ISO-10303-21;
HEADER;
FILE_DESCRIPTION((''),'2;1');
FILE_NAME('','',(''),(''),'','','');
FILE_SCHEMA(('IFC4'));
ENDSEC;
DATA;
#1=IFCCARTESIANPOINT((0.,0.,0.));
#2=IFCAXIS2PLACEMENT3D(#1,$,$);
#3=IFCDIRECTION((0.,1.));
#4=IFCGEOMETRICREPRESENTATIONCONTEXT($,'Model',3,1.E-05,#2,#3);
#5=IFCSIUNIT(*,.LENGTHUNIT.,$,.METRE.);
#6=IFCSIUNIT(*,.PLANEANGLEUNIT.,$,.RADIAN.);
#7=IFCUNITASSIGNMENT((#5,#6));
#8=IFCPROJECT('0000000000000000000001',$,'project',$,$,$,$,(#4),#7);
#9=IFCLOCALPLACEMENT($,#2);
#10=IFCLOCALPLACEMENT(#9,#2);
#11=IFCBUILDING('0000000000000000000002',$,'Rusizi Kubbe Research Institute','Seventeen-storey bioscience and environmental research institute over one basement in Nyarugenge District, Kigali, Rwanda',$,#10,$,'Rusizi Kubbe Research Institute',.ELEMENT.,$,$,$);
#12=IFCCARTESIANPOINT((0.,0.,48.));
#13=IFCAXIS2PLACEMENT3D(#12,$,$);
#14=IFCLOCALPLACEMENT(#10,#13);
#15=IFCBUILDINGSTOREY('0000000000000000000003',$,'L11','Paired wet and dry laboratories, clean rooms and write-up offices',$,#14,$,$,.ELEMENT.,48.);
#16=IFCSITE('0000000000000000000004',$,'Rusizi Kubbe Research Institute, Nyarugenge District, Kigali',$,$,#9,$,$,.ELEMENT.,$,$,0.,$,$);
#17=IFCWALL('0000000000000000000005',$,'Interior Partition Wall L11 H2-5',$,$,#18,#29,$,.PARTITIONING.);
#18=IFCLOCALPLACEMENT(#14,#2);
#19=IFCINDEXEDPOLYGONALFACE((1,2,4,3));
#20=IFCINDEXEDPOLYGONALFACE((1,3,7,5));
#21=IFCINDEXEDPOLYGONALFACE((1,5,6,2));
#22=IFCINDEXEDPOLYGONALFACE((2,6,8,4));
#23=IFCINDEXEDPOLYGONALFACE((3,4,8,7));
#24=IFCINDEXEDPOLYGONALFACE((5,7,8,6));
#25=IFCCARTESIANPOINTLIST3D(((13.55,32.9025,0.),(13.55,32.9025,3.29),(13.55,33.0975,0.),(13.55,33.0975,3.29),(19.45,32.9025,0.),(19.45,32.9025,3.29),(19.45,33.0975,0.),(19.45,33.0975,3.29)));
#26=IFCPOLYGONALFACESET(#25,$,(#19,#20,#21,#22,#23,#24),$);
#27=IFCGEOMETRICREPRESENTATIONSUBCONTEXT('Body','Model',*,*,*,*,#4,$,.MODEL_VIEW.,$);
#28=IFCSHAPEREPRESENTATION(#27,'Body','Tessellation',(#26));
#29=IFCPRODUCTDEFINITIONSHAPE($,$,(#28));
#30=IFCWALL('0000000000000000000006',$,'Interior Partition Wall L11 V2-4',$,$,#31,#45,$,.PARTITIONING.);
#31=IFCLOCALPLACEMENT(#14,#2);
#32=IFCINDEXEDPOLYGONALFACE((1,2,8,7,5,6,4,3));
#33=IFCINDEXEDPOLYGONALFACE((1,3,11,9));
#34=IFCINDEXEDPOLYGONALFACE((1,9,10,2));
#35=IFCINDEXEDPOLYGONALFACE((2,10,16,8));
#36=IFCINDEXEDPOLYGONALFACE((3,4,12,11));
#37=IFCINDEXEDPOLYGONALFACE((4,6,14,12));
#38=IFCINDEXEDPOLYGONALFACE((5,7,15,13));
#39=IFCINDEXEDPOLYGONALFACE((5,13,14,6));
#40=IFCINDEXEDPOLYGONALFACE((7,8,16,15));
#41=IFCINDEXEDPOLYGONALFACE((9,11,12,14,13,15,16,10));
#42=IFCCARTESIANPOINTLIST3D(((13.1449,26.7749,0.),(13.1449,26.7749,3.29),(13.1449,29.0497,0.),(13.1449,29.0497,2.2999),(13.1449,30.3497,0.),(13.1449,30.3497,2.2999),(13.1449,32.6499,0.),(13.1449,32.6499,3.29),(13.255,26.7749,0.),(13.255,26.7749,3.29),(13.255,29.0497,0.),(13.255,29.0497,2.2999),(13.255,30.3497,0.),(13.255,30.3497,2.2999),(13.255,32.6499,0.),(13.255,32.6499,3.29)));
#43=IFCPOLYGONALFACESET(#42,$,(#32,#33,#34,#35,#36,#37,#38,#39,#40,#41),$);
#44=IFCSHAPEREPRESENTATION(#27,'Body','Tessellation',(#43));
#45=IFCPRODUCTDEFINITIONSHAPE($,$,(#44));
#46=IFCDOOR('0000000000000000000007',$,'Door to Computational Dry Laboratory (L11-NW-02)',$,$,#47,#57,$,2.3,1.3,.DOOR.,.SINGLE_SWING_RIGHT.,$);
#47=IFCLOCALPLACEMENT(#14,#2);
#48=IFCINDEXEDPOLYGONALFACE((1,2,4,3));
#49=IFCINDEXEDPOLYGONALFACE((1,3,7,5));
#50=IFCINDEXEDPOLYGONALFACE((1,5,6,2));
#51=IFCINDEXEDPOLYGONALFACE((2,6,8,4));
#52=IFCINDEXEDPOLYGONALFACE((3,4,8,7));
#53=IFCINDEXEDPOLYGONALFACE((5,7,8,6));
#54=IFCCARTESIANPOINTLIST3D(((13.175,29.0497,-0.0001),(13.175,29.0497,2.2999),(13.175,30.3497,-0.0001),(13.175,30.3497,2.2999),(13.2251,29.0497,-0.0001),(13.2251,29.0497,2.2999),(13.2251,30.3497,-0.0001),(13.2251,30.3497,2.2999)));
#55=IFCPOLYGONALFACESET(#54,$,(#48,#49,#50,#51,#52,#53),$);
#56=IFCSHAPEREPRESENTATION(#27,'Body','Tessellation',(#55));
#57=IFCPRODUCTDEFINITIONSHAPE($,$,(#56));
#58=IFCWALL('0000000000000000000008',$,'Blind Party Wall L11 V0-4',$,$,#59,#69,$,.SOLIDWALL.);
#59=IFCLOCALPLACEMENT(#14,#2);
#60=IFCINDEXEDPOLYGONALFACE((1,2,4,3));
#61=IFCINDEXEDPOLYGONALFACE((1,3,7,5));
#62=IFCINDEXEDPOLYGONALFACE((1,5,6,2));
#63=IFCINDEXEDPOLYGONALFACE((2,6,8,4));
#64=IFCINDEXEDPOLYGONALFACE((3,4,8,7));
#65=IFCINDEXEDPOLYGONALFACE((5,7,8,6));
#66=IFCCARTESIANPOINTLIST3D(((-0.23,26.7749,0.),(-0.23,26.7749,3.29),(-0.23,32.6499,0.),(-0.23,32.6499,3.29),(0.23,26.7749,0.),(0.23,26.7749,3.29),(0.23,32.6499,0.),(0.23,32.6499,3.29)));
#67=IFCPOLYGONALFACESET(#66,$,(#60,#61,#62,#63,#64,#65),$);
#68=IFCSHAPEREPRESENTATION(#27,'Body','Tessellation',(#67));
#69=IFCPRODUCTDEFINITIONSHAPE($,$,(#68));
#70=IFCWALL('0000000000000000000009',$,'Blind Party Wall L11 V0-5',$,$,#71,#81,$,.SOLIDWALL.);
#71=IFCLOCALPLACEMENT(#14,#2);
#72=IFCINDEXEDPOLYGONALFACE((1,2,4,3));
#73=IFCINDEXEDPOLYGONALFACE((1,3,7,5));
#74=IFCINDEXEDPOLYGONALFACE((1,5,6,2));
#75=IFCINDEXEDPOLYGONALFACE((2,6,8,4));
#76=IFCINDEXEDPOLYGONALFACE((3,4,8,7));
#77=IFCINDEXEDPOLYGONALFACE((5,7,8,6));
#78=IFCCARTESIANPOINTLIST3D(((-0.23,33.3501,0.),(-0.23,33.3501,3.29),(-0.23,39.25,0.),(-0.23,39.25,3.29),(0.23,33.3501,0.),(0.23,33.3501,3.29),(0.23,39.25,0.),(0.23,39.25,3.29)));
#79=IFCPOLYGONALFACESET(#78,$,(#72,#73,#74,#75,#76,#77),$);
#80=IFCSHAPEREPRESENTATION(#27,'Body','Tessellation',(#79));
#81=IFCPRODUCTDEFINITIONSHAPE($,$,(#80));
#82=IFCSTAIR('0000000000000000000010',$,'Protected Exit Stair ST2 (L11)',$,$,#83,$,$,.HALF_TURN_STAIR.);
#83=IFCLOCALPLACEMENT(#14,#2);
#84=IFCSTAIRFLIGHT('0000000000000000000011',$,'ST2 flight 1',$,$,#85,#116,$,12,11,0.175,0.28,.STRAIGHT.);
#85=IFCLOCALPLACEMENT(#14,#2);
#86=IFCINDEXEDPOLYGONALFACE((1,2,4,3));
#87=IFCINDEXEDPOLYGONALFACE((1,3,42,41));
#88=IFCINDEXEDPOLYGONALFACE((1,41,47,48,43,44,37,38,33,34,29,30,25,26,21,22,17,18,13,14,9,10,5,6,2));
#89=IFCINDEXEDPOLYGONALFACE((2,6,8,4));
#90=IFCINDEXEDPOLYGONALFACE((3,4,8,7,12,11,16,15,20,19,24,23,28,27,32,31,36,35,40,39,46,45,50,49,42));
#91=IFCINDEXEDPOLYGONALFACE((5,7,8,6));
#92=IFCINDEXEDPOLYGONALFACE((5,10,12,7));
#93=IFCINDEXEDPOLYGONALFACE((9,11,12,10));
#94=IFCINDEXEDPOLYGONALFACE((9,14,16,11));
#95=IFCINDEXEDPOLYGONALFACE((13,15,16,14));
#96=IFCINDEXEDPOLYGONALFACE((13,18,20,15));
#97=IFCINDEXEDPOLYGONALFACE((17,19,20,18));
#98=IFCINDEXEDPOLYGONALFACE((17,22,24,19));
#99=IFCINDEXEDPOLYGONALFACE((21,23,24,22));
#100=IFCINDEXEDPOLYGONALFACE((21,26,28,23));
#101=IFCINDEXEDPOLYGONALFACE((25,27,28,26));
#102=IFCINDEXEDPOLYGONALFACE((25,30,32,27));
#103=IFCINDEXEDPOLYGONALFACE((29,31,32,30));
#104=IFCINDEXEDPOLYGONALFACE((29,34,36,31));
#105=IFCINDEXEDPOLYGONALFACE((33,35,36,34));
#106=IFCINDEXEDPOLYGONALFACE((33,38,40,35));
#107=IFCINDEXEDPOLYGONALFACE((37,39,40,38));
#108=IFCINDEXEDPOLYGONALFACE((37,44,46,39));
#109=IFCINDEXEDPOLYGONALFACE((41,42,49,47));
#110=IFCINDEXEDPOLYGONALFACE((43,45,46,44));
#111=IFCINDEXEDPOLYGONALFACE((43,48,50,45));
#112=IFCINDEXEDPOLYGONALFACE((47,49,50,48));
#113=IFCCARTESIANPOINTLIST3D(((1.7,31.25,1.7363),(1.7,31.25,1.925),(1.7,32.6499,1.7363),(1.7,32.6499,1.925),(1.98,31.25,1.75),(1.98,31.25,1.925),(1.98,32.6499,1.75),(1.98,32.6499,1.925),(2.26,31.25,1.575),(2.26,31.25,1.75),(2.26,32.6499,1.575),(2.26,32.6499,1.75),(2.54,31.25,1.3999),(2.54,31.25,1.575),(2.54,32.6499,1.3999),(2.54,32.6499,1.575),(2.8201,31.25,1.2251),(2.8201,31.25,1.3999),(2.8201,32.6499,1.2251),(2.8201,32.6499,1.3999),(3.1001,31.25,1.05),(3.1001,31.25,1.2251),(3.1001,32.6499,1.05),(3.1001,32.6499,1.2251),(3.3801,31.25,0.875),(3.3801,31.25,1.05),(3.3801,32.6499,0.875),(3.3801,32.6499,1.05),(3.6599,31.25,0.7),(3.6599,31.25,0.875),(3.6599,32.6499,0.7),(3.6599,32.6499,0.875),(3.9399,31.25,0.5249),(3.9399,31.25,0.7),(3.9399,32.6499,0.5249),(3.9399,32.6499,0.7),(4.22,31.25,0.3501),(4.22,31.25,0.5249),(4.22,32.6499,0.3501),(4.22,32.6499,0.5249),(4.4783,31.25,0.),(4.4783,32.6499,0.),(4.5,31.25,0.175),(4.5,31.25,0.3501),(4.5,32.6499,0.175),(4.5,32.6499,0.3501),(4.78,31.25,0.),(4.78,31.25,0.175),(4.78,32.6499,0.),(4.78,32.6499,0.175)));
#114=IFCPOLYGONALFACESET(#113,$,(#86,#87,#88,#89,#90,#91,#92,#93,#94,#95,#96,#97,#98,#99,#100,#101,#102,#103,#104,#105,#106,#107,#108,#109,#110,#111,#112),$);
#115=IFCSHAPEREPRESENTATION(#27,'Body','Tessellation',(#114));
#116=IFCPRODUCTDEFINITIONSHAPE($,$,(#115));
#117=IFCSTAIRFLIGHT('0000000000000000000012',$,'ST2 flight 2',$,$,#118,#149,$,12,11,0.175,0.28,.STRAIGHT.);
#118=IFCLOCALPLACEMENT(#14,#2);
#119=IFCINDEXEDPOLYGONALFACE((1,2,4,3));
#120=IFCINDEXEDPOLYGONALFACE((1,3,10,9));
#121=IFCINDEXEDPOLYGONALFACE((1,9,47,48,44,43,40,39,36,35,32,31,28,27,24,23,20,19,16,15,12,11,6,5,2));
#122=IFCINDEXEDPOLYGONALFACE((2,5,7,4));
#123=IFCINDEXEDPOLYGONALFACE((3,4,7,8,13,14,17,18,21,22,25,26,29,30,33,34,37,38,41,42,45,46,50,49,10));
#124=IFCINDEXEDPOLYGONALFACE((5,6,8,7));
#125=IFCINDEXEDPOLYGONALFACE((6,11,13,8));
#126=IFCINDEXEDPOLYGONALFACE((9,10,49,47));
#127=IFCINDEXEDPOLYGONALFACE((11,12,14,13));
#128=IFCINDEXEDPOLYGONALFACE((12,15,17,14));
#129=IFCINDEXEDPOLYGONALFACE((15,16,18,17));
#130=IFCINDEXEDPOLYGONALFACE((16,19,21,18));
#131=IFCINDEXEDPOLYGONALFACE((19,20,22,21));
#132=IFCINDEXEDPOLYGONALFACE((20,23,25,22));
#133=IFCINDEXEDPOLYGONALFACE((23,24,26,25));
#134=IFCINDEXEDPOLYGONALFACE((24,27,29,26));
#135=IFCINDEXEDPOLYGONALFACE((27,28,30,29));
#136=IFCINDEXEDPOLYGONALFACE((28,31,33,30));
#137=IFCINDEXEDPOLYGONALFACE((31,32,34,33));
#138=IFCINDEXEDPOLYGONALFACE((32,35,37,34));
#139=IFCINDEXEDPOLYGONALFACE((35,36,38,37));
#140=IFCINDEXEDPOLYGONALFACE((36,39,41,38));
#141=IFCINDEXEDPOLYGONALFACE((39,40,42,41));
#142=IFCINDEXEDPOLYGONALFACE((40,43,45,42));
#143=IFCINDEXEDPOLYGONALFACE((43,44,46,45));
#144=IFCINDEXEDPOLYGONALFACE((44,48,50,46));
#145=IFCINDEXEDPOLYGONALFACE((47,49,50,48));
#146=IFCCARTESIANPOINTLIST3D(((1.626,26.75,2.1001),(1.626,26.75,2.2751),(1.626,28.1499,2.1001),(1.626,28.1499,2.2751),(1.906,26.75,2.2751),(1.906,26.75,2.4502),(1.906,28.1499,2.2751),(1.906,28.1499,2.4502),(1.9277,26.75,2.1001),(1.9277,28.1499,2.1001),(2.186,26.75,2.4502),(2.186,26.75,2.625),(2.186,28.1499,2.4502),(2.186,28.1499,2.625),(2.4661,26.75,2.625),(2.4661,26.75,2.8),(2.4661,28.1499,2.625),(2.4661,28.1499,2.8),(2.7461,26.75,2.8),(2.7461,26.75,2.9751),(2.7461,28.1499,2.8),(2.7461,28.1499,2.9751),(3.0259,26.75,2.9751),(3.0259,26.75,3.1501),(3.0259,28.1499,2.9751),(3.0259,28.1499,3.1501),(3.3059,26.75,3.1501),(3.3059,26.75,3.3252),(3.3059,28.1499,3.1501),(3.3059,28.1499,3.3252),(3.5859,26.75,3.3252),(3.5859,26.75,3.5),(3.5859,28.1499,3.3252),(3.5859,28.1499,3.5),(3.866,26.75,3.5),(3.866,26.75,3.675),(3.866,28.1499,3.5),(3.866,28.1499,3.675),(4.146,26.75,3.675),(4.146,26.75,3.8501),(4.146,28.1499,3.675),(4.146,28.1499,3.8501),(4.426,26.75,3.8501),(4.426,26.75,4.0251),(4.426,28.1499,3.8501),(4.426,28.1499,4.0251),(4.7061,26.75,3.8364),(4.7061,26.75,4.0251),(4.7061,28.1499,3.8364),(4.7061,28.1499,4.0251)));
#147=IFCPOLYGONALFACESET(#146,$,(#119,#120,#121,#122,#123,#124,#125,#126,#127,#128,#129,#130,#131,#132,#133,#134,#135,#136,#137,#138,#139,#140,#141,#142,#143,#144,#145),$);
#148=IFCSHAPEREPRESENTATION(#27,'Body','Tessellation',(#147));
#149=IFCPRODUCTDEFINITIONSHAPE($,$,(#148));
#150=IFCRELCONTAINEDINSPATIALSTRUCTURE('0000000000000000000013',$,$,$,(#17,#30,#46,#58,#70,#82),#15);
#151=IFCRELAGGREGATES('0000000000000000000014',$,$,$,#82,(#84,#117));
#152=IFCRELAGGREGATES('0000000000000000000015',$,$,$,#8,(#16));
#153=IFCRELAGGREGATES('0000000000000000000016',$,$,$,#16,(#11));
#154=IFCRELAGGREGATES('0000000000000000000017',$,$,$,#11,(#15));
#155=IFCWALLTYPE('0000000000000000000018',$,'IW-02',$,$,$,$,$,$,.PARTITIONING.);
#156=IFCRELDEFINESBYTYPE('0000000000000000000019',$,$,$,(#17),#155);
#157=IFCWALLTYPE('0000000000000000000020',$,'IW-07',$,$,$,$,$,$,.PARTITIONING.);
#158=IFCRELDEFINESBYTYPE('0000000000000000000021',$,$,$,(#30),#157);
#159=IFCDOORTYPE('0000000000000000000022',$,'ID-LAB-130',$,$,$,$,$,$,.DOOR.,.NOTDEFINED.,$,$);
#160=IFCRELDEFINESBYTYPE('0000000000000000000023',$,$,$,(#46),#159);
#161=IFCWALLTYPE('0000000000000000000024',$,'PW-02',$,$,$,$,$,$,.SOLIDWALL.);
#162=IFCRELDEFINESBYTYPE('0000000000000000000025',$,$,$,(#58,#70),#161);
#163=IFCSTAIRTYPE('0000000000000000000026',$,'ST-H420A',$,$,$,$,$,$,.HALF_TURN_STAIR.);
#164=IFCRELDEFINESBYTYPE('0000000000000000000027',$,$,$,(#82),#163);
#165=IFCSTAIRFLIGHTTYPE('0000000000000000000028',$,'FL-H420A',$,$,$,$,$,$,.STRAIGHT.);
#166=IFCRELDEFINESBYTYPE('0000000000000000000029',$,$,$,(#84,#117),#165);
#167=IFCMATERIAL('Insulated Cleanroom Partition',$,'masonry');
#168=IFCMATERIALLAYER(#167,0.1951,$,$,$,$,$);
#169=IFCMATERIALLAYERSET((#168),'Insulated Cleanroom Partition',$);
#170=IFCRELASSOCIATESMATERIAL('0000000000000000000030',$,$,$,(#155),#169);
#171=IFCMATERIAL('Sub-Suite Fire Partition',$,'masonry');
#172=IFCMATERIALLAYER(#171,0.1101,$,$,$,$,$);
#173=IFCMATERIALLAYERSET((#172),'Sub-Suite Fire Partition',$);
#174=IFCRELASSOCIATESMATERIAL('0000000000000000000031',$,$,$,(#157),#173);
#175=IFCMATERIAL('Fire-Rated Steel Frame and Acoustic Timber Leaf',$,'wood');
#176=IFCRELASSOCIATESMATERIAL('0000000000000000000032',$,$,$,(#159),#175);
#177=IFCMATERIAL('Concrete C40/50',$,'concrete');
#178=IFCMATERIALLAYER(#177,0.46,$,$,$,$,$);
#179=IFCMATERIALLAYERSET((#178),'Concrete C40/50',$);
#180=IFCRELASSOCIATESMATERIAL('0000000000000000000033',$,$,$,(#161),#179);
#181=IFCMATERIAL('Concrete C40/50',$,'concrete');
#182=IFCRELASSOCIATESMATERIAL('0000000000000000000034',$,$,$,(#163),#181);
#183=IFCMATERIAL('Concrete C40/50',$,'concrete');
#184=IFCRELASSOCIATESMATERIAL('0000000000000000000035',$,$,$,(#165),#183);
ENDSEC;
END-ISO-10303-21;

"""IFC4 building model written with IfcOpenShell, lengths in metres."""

from ifc_helpers import new_model, si_unit, direction, frame, frame_2d, origin, place, context, subcontext, project, spatial, polyline, rectangle, outline, extrude, material, layer, layer_set, type_object, element, fill, aggregate, save


model = new_model("IFC4")

# Units and contexts
model_context = context("Model", 3, precision=1e-05, world=origin(), true_north=direction((0.0, 1.0)))
body_context = subcontext(model_context, "Body", "Model", "MODEL_VIEW")
ifc_project = project(units=[si_unit("LENGTHUNIT", "METRE"), si_unit("PLANEANGLEUNIT", "RADIAN")], contexts=[model_context])

# Site, building, storey
site_placement = place(None, origin())
site = spatial("IfcSite", under=ifc_project, at=site_placement, Name="Rusizi Kubbe Research Institute, Nyarugenge District, Kigali", CompositionType="ELEMENT", RefElevation=0.0)
building_placement = place(site_placement, origin())
building = spatial("IfcBuilding", under=site, at=building_placement, Name="Rusizi Kubbe Research Institute", Description="Seventeen-storey bioscience and environmental research institute over one basement in Nyarugenge District, Kigali, Rwanda", LongName="Rusizi Kubbe Research Institute", CompositionType="ELEMENT")
storey_placement = place(building_placement, frame((0.0, 0.0, 48.0)))
storey = spatial("IfcBuildingStorey", under=building, at=storey_placement, Name="L11", Description="Paired wet and dry laboratories, clean rooms and write-up offices", CompositionType="ELEMENT", Elevation=48.0)

# Wall
ifc_material_1 = material(Name="Insulated Cleanroom Partition", Category="masonry")
ifc_layer_1 = layer(ifc_material_1, 0.1951)
ifc_layer_set_1 = layer_set([ifc_layer_1], Name="Insulated Cleanroom Partition")
wall_type_1 = type_object("IfcWallType", Name="IW-02", PredefinedType="PARTITIONING", material=ifc_layer_set_1)
wall_1_placement = place(storey_placement, frame((13.55, 33.0, 0.0), z_axis=(0.0, 0.0, 1.0), x_axis=(1.0, 0.0, 0.0)))
element("IfcWall", 1, at=wall_1_placement, inside=storey, type_object=wall_type_1, Name="Interior Partition Wall L11 H2-5", PredefinedType="PARTITIONING", context=body_context, shape_type="SweptSolid", body=[
    extrude(rectangle(XDim=5.8999, YDim=0.1951, at=frame_2d((2.95, 0.0))), origin(), (0.0, 0.0, 1.0), 3.29),
])

# Wall, opening, door
ifc_material_2 = material(Name="Sub-Suite Fire Partition", Category="masonry")
ifc_layer_2 = layer(ifc_material_2, 0.1101)
ifc_layer_set_2 = layer_set([ifc_layer_2], Name="Sub-Suite Fire Partition")
wall_type_2 = type_object("IfcWallType", Name="IW-07", PredefinedType="PARTITIONING", material=ifc_layer_set_2)
wall_2_placement = place(storey_placement, frame((13.2, 26.7749, 0.0), z_axis=(0.0, 0.0, 1.0), x_axis=(0.0, 1.0, 0.0)))
wall_2 = element("IfcWall", 2, at=wall_2_placement, inside=storey, type_object=wall_type_2, Name="Interior Partition Wall L11 V2-4", PredefinedType="PARTITIONING", context=body_context, shape_type="SweptSolid", body=[
    extrude(rectangle(XDim=5.875, YDim=0.1101, at=frame_2d((2.9375, 0.0))), origin(), (0.0, 0.0, 1.0), 3.29),
])
opening_1_placement = place(wall_2_placement, frame((2.2749, 0.0, 0.0)))
opening_1 = element("IfcOpeningElement", 3, at=opening_1_placement, cuts=wall_2, PredefinedType="OPENING", context=body_context, shape_type="SweptSolid", body=[
    extrude(rectangle(XDim=1.3, YDim=2.3, at=frame_2d((0.6499, 1.1499))), frame((0.0, 0.0649, 0.0), z_axis=(0.0, -1.0, 0.0), x_axis=(1.0, 0.0, 0.0)), (0.0, 0.0, 1.0), 0.1301),
])
ifc_material_3 = material(Name="Fire-Rated Steel Frame and Acoustic Timber Leaf", Category="wood")
door_type_1 = type_object("IfcDoorType", Name="ID-LAB-130", OperationType="NOTDEFINED", PredefinedType="DOOR", material=ifc_material_3)
door_1_placement = place(opening_1_placement, origin())
door_1 = element("IfcDoor", 4, at=door_1_placement, inside=storey, type_object=door_type_1, Name="Door to Computational Dry Laboratory (L11-NW-02)", OperationType="SINGLE_SWING_RIGHT", OverallHeight=2.3, OverallWidth=1.3, PredefinedType="DOOR", context=body_context, shape_type="SweptSolid", body=[
    extrude(rectangle(XDim=1.3, YDim=2.3, at=frame_2d((0.6499, 1.1499))), frame((0.0, 0.0249, 0.0), z_axis=(0.0, -1.0, 0.0), x_axis=(1.0, 0.0, 0.0)), (0.0, 0.0, 1.0), 0.05),
])
fill(opening_1, door_1)

# Walls
ifc_material_4 = material(Name="Concrete C40/50", Category="concrete")
ifc_layer_3 = layer(ifc_material_4, 0.46)
ifc_layer_set_3 = layer_set([ifc_layer_3], Name="Concrete C40/50")
wall_type_3 = type_object("IfcWallType", Name="PW-02", PredefinedType="SOLIDWALL", material=ifc_layer_set_3)
wall_3_placement = place(storey_placement, frame((0.0, 26.7749, 0.0), z_axis=(0.0, 0.0, 1.0), x_axis=(0.0, 1.0, 0.0)))
element("IfcWall", 5, at=wall_3_placement, inside=storey, type_object=wall_type_3, Name="Blind Party Wall L11 V0-4", PredefinedType="SOLIDWALL", context=body_context, shape_type="SweptSolid", body=[
    extrude(rectangle(XDim=5.875, YDim=0.46, at=frame_2d((2.9375, 0.0))), origin(), (0.0, 0.0, 1.0), 3.29),
])
wall_4_placement = place(storey_placement, frame((0.0, 33.3501, 0.0), z_axis=(0.0, 0.0, 1.0), x_axis=(0.0, 1.0, 0.0)))
element("IfcWall", 6, at=wall_4_placement, inside=storey, type_object=wall_type_3, Name="Blind Party Wall L11 V0-5", PredefinedType="SOLIDWALL", context=body_context, shape_type="SweptSolid", body=[
    extrude(rectangle(XDim=5.8999, YDim=0.46, at=frame_2d((2.95, 0.0))), origin(), (0.0, 0.0, 1.0), 3.29),
])

# Stair, stair flights
ifc_material_5 = material(Name="Concrete C40/50", Category="concrete")
stair_type = type_object("IfcStairType", Name="ST-H420A", PredefinedType="HALF_TURN_STAIR", material=ifc_material_5)
stair_placement = place(storey_placement, origin())
stair = element("IfcStair", 7, at=stair_placement, inside=storey, type_object=stair_type, Name="Protected Exit Stair ST2 (L11)", PredefinedType="HALF_TURN_STAIR")
ifc_material_6 = material(Name="Concrete C40/50", Category="concrete")
stair_flight_type = type_object("IfcStairFlightType", Name="FL-H420A", PredefinedType="STRAIGHT", material=ifc_material_6)
stair_flight_1_placement = place(storey_placement, frame((4.78, 31.95, 0.0), z_axis=(0.0, 0.0, 1.0), x_axis=(-1.0, 0.0, 0.0)))
stair_flight_1 = element("IfcStairFlight", 8, at=stair_flight_1_placement, type_object=stair_flight_type, Name="ST2 flight 1", NumberOfRisers=12, NumberOfTreads=11, PredefinedType="STRAIGHT", RiserHeight=0.175, TreadLength=0.28, context=body_context, shape_type="SweptSolid", body=[
    extrude(outline(polyline([(0.0, 0.0), (0.0, 0.175), (0.28, 0.175), (0.28, 0.3501), (0.5601, 0.3501), (0.5601, 0.5249), (0.8401, 0.5249), (0.8401, 0.7), (1.1201, 0.7), (1.1201, 0.875), (1.3999, 0.875), (1.3999, 1.05), (1.6799, 1.05), (1.6799, 1.2251), (1.96, 1.2251), (1.96, 1.3999), (2.24, 1.3999), (2.24, 1.575), (2.52, 1.575), (2.52, 1.75), (2.8, 1.75), (2.8, 1.925), (3.0801, 1.925), (3.0801, 2.1001), (3.0801, 1.7363), (0.3018, 0.0), (0.0, 0.0)])), frame((0.0, 0.7, 0.0), z_axis=(0.0, -1.0, 0.0), x_axis=(1.0, 0.0, 0.0)), (0.0, 0.0, 1.0), 1.3999),
])
stair_flight_2_placement = place(storey_placement, frame((1.626, 27.45, 2.1001), z_axis=(0.0, 0.0, 1.0), x_axis=(1.0, 0.0, 0.0)))
stair_flight_2 = element("IfcStairFlight", 9, at=stair_flight_2_placement, type_object=stair_flight_type, Name="ST2 flight 2", NumberOfRisers=12, NumberOfTreads=11, PredefinedType="STRAIGHT", RiserHeight=0.175, TreadLength=0.28, context=body_context, shape_type="SweptSolid", body=[
    extrude(outline(polyline([(0.0, 0.0), (0.0, 0.175), (0.28, 0.175), (0.28, 0.3501), (0.5601, 0.3501), (0.5601, 0.5249), (0.8401, 0.5249), (0.8401, 0.7), (1.1201, 0.7), (1.1201, 0.875), (1.3999, 0.875), (1.3999, 1.05), (1.6799, 1.05), (1.6799, 1.2251), (1.96, 1.2251), (1.96, 1.3999), (2.24, 1.3999), (2.24, 1.575), (2.52, 1.575), (2.52, 1.75), (2.8, 1.75), (2.8, 1.925), (3.0801, 1.925), (3.0801, 2.1001), (3.0801, 1.7363), (0.3018, 0.0), (0.0, 0.0)])), frame((0.0, 0.7, 0.0), z_axis=(0.0, -1.0, 0.0), x_axis=(1.0, 0.0, 0.0)), (0.0, 0.0, 1.0), 1.3999),
])
aggregate(stair, [stair_flight_1, stair_flight_2])

save(model, "model.ifc")
